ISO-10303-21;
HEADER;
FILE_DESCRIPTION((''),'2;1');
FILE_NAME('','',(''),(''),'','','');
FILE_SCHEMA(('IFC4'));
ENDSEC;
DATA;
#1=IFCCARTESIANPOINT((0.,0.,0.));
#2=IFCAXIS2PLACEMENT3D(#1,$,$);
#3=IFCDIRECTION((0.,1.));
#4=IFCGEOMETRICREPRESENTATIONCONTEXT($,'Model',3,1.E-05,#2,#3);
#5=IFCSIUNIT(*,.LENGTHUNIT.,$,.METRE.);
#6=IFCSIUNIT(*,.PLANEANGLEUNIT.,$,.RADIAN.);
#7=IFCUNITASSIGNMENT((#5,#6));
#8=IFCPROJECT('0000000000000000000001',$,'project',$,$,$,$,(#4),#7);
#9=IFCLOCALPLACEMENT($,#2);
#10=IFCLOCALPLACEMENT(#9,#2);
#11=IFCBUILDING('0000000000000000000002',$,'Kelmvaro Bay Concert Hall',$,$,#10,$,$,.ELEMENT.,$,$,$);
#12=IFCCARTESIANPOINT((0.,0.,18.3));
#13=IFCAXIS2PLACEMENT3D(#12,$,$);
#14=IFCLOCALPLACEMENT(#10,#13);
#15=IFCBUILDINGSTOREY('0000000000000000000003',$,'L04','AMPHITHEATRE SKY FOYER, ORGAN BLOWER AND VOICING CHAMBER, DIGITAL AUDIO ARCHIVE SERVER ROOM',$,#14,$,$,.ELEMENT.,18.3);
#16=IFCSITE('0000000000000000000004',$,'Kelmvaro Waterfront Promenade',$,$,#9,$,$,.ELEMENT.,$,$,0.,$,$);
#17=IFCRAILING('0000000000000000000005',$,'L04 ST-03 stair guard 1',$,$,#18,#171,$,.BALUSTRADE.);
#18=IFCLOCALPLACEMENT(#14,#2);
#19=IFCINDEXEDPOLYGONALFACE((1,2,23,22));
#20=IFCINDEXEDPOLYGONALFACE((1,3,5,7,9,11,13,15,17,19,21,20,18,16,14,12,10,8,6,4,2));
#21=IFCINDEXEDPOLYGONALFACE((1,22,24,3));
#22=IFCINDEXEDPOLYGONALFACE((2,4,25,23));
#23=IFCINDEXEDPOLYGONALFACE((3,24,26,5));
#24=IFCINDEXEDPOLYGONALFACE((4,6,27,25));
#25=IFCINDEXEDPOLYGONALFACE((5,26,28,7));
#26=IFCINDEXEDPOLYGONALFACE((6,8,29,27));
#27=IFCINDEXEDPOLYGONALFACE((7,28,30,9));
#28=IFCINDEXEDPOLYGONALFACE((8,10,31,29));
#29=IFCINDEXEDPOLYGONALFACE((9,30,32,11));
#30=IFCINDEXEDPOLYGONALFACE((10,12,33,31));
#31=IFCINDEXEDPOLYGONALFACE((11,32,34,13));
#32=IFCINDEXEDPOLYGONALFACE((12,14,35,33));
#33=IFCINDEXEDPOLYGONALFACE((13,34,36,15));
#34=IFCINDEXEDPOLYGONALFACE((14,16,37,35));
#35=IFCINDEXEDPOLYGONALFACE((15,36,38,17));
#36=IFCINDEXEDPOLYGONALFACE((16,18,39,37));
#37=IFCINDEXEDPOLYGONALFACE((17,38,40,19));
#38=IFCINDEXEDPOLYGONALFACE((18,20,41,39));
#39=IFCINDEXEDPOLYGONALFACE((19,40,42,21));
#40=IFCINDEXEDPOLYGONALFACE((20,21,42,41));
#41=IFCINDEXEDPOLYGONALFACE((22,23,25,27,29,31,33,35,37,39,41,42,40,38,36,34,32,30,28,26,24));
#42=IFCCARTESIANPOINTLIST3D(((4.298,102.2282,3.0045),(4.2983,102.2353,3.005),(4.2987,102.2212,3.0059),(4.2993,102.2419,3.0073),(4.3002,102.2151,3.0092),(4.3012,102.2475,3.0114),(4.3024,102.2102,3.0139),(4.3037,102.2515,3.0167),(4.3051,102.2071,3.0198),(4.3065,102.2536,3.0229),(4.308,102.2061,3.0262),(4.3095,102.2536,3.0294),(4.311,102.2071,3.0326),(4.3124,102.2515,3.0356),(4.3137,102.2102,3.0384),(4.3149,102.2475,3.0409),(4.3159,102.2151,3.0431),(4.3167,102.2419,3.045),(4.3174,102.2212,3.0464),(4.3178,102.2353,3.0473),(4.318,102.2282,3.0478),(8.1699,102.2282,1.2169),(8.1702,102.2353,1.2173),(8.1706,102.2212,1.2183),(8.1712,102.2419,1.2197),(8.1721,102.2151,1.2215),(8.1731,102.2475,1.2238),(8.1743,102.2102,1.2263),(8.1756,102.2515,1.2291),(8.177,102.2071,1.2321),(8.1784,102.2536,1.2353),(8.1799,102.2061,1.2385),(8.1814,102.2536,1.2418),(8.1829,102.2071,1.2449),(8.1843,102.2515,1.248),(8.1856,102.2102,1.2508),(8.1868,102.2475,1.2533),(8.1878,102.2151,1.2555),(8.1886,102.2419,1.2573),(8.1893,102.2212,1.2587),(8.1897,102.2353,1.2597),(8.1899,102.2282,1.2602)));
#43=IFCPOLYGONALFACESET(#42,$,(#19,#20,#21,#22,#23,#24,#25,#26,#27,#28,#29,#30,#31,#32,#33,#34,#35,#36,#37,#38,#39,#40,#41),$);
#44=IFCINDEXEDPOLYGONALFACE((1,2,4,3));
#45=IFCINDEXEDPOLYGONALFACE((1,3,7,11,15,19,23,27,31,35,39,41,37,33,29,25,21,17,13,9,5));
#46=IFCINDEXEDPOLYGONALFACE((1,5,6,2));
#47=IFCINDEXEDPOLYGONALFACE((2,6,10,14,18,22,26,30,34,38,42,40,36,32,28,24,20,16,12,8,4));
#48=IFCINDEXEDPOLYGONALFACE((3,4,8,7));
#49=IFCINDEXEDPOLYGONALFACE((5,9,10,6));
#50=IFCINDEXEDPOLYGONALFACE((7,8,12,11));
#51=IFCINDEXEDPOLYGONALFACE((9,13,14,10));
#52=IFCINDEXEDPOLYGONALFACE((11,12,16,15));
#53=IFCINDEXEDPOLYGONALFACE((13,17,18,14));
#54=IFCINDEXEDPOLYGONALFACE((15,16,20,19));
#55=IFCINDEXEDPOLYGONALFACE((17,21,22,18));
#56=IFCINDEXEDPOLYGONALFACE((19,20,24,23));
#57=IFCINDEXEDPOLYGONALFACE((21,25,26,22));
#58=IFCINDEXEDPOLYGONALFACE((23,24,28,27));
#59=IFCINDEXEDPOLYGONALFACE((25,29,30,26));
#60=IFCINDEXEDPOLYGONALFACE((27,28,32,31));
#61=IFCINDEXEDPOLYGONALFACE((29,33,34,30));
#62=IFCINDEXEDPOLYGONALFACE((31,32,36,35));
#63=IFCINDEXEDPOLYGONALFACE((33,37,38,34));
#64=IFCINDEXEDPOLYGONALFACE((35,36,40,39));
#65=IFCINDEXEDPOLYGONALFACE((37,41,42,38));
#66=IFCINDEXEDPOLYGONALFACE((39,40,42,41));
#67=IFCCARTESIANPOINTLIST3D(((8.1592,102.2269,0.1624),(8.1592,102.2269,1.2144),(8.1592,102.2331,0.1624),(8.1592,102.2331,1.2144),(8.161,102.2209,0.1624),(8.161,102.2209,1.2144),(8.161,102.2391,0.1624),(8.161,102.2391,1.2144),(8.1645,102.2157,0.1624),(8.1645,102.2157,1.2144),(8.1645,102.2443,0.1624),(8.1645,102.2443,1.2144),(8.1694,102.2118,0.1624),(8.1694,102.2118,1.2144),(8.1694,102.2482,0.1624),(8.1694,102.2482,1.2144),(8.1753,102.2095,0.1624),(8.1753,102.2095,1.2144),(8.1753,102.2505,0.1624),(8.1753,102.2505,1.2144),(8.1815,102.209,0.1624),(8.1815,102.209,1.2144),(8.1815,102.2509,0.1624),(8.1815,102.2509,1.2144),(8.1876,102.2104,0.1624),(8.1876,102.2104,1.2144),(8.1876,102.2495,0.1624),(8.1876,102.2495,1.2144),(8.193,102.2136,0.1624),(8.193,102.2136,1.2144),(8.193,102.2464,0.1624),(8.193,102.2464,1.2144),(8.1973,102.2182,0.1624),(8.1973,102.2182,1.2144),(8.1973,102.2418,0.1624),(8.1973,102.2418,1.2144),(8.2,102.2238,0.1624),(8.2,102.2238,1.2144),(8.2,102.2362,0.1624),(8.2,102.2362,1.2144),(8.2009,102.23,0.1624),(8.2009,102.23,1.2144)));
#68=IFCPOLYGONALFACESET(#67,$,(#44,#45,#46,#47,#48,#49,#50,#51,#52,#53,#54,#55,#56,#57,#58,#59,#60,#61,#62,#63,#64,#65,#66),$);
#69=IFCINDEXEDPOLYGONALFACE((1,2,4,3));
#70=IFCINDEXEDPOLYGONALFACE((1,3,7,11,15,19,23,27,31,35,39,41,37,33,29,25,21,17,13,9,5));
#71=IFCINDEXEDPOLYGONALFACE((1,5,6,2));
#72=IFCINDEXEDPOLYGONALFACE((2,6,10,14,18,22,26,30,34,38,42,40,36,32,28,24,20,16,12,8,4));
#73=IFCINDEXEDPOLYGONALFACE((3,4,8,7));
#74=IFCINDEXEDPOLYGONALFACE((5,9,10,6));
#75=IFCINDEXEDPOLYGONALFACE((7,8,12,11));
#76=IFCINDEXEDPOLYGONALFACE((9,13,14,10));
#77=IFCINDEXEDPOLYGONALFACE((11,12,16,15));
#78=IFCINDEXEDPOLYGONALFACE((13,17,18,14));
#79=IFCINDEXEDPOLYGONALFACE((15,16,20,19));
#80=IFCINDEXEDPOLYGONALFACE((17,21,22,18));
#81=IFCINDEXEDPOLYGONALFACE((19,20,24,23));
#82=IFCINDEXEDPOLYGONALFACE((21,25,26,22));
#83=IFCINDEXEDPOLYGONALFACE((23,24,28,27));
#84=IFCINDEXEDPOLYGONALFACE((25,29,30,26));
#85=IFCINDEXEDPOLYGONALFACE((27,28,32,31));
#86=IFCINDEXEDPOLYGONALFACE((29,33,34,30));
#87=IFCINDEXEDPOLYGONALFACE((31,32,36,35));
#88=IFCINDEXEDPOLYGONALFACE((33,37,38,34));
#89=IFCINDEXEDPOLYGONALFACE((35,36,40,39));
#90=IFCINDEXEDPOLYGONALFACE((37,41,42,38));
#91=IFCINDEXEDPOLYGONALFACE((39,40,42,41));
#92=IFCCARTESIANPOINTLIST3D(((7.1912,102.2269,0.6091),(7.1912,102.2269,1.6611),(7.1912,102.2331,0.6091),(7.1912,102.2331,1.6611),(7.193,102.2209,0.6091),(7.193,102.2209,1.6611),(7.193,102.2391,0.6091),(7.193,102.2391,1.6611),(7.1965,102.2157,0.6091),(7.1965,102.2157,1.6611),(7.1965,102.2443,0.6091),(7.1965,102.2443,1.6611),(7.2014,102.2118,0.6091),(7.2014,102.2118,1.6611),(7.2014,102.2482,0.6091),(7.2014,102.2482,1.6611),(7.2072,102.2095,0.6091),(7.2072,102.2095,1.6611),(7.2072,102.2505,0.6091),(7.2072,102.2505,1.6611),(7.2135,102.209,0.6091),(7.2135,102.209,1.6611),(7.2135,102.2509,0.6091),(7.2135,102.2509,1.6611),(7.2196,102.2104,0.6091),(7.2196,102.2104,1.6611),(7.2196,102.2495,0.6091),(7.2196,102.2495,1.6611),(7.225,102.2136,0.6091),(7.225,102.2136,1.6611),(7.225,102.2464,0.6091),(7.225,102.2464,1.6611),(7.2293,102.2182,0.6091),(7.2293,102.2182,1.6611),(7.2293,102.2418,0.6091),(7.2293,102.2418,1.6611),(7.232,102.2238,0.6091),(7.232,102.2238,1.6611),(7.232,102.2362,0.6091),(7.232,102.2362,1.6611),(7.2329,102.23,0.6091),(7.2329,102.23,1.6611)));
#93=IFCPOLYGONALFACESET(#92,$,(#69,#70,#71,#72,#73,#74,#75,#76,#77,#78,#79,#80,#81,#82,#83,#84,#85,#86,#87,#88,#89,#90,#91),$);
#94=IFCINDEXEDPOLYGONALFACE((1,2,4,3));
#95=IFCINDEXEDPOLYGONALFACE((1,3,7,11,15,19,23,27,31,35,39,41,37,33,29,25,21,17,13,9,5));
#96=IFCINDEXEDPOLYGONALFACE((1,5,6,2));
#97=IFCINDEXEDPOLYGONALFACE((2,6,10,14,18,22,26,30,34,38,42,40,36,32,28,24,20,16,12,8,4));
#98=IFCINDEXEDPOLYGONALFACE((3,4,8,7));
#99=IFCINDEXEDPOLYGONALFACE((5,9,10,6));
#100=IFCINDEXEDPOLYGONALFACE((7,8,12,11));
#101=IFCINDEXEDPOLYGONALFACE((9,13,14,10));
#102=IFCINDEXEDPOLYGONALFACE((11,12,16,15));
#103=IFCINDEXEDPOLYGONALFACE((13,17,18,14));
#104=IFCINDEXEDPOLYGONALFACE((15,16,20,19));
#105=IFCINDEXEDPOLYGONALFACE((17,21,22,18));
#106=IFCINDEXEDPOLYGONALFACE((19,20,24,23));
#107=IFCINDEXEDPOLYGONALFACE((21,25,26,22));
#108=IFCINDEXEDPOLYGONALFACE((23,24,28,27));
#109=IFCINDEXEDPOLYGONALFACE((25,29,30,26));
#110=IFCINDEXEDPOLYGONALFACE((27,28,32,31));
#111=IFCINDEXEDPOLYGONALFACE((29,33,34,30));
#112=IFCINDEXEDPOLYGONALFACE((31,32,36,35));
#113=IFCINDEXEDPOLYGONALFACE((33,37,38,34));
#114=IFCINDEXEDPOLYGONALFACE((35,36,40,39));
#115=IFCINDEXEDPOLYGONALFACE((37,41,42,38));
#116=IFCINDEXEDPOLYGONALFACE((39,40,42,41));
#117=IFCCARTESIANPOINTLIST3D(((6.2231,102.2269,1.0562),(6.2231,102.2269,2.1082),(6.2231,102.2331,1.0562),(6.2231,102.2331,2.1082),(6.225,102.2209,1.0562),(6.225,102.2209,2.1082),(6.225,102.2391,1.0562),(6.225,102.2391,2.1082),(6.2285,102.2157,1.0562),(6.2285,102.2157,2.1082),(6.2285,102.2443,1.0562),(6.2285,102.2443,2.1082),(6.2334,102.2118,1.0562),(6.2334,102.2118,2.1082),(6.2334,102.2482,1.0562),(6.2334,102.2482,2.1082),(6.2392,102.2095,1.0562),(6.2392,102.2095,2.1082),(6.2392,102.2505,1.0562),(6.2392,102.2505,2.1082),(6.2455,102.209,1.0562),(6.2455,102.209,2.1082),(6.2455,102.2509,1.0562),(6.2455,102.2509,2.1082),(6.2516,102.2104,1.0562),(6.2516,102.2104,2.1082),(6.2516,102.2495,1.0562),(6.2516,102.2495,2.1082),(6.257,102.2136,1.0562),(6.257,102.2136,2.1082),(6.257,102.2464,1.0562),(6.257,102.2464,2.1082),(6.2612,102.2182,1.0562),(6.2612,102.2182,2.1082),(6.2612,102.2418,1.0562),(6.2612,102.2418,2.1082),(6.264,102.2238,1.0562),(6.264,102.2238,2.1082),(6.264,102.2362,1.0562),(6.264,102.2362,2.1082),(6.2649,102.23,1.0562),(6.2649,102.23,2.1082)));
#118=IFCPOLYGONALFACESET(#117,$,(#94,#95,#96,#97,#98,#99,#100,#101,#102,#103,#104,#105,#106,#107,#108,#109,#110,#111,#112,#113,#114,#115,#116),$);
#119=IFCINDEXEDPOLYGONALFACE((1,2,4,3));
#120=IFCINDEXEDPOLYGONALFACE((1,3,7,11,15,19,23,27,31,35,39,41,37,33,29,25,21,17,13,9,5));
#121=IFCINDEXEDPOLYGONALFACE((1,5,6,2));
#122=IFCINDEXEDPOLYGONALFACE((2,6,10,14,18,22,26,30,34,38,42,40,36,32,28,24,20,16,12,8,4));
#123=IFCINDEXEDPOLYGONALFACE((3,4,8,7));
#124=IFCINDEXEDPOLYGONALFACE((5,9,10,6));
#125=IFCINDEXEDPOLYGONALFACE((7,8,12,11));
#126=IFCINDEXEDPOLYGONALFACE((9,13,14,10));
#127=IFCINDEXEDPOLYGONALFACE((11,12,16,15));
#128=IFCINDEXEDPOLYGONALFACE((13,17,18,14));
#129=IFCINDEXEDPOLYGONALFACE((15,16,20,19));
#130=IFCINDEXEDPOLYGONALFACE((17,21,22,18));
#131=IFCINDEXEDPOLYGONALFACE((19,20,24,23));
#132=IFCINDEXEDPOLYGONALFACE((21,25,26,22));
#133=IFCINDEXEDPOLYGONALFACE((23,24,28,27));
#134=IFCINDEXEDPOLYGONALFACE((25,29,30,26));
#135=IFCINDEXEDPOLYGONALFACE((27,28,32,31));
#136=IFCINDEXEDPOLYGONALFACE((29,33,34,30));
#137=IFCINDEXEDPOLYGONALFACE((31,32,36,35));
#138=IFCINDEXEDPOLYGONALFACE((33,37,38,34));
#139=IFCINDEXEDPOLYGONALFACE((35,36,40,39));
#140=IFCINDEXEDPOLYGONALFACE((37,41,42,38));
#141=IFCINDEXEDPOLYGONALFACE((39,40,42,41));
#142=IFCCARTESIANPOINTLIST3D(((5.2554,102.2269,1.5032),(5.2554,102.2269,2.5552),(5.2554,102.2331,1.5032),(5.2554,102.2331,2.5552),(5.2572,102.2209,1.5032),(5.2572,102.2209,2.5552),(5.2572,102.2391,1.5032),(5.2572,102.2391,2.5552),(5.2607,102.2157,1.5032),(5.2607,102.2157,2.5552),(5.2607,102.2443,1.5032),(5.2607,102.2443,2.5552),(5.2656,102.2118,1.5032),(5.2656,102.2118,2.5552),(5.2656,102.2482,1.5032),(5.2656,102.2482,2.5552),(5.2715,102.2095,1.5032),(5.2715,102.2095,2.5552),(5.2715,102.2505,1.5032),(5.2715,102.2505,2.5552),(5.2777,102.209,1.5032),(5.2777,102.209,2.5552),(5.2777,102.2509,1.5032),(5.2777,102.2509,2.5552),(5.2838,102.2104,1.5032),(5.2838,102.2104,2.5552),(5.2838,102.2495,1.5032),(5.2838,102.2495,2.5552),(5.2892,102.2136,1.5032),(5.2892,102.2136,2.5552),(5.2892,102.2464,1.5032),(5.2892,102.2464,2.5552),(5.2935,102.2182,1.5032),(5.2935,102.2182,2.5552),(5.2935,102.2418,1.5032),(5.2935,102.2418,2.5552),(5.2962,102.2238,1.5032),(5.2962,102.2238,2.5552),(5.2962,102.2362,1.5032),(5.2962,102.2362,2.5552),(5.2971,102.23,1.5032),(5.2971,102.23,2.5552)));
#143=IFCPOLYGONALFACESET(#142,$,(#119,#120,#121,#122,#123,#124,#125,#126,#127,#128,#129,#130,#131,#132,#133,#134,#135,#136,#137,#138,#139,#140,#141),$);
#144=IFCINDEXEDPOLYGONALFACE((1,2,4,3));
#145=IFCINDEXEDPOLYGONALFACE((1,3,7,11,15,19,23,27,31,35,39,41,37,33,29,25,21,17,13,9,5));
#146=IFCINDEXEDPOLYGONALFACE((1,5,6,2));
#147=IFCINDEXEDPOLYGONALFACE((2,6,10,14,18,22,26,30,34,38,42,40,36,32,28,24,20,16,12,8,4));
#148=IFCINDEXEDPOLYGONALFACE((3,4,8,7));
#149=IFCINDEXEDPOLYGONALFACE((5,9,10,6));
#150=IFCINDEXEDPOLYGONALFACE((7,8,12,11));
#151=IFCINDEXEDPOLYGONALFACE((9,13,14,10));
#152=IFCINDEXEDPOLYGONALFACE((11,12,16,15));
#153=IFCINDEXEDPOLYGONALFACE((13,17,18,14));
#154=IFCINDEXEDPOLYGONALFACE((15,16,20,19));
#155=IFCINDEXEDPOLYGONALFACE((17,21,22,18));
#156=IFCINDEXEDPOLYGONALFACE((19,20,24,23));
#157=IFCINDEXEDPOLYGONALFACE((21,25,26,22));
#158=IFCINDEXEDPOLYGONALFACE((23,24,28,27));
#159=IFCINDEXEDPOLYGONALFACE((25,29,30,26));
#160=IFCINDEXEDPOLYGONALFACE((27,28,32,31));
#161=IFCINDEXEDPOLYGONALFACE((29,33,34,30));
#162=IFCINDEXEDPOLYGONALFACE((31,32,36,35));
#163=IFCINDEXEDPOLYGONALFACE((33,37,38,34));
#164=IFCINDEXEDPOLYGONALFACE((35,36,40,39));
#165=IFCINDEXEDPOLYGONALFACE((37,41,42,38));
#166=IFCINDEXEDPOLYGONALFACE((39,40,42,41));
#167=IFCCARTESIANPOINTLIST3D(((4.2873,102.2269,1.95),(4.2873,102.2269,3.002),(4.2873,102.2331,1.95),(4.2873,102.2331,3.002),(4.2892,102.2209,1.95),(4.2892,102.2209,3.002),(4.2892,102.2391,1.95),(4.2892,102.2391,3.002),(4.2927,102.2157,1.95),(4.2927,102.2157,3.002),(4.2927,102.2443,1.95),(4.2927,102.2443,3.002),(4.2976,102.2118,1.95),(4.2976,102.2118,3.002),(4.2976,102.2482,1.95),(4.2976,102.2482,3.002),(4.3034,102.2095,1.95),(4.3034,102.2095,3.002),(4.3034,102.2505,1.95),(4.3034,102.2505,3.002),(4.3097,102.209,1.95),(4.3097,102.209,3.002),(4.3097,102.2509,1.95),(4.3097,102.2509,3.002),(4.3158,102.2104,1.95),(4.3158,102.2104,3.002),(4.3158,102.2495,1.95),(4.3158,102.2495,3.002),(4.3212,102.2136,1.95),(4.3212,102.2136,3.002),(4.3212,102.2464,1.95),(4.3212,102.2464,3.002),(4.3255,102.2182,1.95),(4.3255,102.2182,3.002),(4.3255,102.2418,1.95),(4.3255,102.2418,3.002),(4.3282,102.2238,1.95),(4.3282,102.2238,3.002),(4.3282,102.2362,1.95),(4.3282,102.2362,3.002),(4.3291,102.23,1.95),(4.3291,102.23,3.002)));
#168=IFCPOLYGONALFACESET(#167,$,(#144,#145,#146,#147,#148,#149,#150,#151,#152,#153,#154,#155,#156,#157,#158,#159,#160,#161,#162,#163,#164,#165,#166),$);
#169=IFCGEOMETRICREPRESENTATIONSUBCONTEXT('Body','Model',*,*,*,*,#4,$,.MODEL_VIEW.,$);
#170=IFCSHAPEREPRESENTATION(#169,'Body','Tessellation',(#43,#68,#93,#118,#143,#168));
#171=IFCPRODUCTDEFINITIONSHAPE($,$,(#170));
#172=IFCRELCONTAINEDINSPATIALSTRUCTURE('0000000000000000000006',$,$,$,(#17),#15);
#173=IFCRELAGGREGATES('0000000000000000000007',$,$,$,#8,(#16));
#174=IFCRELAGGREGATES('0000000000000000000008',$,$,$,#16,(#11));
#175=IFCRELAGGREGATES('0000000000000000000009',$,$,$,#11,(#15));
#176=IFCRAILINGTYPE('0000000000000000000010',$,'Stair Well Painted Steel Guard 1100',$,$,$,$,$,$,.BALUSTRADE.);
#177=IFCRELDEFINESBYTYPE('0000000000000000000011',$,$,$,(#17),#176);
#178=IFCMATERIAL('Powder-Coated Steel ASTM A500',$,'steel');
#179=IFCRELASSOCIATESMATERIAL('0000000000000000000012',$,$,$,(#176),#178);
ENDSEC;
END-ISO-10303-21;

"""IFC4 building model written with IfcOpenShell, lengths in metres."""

from ifc_helpers import new_model, si_unit, direction, frame, origin, origin_2d, place, context, subcontext, project, spatial, circle, extrude, material, type_object, element, save


model = new_model("IFC4")

# Units and contexts
model_context = context("Model", 3, precision=1e-05, world=origin(), true_north=direction((0.0, 1.0)))
body_context = subcontext(model_context, "Body", "Model", "MODEL_VIEW")
ifc_project = project(units=[si_unit("LENGTHUNIT", "METRE"), si_unit("PLANEANGLEUNIT", "RADIAN")], contexts=[model_context])

# Site, building, storey
site_placement = place(None, origin())
site = spatial("IfcSite", under=ifc_project, at=site_placement, Name="Kelmvaro Waterfront Promenade", CompositionType="ELEMENT", RefElevation=0.0)
building_placement = place(site_placement, origin())
building = spatial("IfcBuilding", under=site, at=building_placement, Name="Kelmvaro Bay Concert Hall", CompositionType="ELEMENT")
storey_placement = place(building_placement, frame((0.0, 0.0, 18.3)))
storey = spatial("IfcBuildingStorey", under=building, at=storey_placement, Name="L04", Description="AMPHITHEATRE SKY FOYER, ORGAN BLOWER AND VOICING CHAMBER, DIGITAL AUDIO ARCHIVE SERVER ROOM", CompositionType="ELEMENT", Elevation=18.3)

# Railing
ifc_material_1 = material(Name="Powder-Coated Steel ASTM A500", Category="steel")
railing_type_1 = type_object("IfcRailingType", Name="Stair Well Painted Steel Guard 1100", PredefinedType="BALUSTRADE", material=ifc_material_1)
railing_1_placement = place(storey_placement, frame((8.1799, 102.23, 0.1624)))
element("IfcRailing", 1, at=railing_1_placement, inside=storey, type_object=railing_type_1, Name="L04 ST-03 stair guard 1", PredefinedType="BALUSTRADE", context=body_context, shape_type="SweptSolid", body=[
    extrude(circle(Radius=0.0239, at=origin_2d()), frame((0.0, 0.0, 1.0762), z_axis=(-0.907906, 0.0, 0.419174), x_axis=(0.0, -1.0, 0.0)), (0.0, 0.0, 1.0), 4.2646),
    extrude(circle(Radius=0.021, at=origin_2d()), origin(), (0.0, 0.0, 1.0), 1.052),
    extrude(circle(Radius=0.021, at=origin_2d()), frame((-0.968, 0.0, 0.4468)), (0.0, 0.0, 1.0), 1.052),
    extrude(circle(Radius=0.021, at=origin_2d()), frame((-1.936, 0.0, 0.8938)), (0.0, 0.0, 1.0), 1.052),
    extrude(circle(Radius=0.021, at=origin_2d()), frame((-2.9038, 0.0, 1.3408)), (0.0, 0.0, 1.0), 1.052),
    extrude(circle(Radius=0.021, at=origin_2d()), frame((-3.8718, 0.0, 1.7876)), (0.0, 0.0, 1.0), 1.052),
])

save(model, "model.ifc")
